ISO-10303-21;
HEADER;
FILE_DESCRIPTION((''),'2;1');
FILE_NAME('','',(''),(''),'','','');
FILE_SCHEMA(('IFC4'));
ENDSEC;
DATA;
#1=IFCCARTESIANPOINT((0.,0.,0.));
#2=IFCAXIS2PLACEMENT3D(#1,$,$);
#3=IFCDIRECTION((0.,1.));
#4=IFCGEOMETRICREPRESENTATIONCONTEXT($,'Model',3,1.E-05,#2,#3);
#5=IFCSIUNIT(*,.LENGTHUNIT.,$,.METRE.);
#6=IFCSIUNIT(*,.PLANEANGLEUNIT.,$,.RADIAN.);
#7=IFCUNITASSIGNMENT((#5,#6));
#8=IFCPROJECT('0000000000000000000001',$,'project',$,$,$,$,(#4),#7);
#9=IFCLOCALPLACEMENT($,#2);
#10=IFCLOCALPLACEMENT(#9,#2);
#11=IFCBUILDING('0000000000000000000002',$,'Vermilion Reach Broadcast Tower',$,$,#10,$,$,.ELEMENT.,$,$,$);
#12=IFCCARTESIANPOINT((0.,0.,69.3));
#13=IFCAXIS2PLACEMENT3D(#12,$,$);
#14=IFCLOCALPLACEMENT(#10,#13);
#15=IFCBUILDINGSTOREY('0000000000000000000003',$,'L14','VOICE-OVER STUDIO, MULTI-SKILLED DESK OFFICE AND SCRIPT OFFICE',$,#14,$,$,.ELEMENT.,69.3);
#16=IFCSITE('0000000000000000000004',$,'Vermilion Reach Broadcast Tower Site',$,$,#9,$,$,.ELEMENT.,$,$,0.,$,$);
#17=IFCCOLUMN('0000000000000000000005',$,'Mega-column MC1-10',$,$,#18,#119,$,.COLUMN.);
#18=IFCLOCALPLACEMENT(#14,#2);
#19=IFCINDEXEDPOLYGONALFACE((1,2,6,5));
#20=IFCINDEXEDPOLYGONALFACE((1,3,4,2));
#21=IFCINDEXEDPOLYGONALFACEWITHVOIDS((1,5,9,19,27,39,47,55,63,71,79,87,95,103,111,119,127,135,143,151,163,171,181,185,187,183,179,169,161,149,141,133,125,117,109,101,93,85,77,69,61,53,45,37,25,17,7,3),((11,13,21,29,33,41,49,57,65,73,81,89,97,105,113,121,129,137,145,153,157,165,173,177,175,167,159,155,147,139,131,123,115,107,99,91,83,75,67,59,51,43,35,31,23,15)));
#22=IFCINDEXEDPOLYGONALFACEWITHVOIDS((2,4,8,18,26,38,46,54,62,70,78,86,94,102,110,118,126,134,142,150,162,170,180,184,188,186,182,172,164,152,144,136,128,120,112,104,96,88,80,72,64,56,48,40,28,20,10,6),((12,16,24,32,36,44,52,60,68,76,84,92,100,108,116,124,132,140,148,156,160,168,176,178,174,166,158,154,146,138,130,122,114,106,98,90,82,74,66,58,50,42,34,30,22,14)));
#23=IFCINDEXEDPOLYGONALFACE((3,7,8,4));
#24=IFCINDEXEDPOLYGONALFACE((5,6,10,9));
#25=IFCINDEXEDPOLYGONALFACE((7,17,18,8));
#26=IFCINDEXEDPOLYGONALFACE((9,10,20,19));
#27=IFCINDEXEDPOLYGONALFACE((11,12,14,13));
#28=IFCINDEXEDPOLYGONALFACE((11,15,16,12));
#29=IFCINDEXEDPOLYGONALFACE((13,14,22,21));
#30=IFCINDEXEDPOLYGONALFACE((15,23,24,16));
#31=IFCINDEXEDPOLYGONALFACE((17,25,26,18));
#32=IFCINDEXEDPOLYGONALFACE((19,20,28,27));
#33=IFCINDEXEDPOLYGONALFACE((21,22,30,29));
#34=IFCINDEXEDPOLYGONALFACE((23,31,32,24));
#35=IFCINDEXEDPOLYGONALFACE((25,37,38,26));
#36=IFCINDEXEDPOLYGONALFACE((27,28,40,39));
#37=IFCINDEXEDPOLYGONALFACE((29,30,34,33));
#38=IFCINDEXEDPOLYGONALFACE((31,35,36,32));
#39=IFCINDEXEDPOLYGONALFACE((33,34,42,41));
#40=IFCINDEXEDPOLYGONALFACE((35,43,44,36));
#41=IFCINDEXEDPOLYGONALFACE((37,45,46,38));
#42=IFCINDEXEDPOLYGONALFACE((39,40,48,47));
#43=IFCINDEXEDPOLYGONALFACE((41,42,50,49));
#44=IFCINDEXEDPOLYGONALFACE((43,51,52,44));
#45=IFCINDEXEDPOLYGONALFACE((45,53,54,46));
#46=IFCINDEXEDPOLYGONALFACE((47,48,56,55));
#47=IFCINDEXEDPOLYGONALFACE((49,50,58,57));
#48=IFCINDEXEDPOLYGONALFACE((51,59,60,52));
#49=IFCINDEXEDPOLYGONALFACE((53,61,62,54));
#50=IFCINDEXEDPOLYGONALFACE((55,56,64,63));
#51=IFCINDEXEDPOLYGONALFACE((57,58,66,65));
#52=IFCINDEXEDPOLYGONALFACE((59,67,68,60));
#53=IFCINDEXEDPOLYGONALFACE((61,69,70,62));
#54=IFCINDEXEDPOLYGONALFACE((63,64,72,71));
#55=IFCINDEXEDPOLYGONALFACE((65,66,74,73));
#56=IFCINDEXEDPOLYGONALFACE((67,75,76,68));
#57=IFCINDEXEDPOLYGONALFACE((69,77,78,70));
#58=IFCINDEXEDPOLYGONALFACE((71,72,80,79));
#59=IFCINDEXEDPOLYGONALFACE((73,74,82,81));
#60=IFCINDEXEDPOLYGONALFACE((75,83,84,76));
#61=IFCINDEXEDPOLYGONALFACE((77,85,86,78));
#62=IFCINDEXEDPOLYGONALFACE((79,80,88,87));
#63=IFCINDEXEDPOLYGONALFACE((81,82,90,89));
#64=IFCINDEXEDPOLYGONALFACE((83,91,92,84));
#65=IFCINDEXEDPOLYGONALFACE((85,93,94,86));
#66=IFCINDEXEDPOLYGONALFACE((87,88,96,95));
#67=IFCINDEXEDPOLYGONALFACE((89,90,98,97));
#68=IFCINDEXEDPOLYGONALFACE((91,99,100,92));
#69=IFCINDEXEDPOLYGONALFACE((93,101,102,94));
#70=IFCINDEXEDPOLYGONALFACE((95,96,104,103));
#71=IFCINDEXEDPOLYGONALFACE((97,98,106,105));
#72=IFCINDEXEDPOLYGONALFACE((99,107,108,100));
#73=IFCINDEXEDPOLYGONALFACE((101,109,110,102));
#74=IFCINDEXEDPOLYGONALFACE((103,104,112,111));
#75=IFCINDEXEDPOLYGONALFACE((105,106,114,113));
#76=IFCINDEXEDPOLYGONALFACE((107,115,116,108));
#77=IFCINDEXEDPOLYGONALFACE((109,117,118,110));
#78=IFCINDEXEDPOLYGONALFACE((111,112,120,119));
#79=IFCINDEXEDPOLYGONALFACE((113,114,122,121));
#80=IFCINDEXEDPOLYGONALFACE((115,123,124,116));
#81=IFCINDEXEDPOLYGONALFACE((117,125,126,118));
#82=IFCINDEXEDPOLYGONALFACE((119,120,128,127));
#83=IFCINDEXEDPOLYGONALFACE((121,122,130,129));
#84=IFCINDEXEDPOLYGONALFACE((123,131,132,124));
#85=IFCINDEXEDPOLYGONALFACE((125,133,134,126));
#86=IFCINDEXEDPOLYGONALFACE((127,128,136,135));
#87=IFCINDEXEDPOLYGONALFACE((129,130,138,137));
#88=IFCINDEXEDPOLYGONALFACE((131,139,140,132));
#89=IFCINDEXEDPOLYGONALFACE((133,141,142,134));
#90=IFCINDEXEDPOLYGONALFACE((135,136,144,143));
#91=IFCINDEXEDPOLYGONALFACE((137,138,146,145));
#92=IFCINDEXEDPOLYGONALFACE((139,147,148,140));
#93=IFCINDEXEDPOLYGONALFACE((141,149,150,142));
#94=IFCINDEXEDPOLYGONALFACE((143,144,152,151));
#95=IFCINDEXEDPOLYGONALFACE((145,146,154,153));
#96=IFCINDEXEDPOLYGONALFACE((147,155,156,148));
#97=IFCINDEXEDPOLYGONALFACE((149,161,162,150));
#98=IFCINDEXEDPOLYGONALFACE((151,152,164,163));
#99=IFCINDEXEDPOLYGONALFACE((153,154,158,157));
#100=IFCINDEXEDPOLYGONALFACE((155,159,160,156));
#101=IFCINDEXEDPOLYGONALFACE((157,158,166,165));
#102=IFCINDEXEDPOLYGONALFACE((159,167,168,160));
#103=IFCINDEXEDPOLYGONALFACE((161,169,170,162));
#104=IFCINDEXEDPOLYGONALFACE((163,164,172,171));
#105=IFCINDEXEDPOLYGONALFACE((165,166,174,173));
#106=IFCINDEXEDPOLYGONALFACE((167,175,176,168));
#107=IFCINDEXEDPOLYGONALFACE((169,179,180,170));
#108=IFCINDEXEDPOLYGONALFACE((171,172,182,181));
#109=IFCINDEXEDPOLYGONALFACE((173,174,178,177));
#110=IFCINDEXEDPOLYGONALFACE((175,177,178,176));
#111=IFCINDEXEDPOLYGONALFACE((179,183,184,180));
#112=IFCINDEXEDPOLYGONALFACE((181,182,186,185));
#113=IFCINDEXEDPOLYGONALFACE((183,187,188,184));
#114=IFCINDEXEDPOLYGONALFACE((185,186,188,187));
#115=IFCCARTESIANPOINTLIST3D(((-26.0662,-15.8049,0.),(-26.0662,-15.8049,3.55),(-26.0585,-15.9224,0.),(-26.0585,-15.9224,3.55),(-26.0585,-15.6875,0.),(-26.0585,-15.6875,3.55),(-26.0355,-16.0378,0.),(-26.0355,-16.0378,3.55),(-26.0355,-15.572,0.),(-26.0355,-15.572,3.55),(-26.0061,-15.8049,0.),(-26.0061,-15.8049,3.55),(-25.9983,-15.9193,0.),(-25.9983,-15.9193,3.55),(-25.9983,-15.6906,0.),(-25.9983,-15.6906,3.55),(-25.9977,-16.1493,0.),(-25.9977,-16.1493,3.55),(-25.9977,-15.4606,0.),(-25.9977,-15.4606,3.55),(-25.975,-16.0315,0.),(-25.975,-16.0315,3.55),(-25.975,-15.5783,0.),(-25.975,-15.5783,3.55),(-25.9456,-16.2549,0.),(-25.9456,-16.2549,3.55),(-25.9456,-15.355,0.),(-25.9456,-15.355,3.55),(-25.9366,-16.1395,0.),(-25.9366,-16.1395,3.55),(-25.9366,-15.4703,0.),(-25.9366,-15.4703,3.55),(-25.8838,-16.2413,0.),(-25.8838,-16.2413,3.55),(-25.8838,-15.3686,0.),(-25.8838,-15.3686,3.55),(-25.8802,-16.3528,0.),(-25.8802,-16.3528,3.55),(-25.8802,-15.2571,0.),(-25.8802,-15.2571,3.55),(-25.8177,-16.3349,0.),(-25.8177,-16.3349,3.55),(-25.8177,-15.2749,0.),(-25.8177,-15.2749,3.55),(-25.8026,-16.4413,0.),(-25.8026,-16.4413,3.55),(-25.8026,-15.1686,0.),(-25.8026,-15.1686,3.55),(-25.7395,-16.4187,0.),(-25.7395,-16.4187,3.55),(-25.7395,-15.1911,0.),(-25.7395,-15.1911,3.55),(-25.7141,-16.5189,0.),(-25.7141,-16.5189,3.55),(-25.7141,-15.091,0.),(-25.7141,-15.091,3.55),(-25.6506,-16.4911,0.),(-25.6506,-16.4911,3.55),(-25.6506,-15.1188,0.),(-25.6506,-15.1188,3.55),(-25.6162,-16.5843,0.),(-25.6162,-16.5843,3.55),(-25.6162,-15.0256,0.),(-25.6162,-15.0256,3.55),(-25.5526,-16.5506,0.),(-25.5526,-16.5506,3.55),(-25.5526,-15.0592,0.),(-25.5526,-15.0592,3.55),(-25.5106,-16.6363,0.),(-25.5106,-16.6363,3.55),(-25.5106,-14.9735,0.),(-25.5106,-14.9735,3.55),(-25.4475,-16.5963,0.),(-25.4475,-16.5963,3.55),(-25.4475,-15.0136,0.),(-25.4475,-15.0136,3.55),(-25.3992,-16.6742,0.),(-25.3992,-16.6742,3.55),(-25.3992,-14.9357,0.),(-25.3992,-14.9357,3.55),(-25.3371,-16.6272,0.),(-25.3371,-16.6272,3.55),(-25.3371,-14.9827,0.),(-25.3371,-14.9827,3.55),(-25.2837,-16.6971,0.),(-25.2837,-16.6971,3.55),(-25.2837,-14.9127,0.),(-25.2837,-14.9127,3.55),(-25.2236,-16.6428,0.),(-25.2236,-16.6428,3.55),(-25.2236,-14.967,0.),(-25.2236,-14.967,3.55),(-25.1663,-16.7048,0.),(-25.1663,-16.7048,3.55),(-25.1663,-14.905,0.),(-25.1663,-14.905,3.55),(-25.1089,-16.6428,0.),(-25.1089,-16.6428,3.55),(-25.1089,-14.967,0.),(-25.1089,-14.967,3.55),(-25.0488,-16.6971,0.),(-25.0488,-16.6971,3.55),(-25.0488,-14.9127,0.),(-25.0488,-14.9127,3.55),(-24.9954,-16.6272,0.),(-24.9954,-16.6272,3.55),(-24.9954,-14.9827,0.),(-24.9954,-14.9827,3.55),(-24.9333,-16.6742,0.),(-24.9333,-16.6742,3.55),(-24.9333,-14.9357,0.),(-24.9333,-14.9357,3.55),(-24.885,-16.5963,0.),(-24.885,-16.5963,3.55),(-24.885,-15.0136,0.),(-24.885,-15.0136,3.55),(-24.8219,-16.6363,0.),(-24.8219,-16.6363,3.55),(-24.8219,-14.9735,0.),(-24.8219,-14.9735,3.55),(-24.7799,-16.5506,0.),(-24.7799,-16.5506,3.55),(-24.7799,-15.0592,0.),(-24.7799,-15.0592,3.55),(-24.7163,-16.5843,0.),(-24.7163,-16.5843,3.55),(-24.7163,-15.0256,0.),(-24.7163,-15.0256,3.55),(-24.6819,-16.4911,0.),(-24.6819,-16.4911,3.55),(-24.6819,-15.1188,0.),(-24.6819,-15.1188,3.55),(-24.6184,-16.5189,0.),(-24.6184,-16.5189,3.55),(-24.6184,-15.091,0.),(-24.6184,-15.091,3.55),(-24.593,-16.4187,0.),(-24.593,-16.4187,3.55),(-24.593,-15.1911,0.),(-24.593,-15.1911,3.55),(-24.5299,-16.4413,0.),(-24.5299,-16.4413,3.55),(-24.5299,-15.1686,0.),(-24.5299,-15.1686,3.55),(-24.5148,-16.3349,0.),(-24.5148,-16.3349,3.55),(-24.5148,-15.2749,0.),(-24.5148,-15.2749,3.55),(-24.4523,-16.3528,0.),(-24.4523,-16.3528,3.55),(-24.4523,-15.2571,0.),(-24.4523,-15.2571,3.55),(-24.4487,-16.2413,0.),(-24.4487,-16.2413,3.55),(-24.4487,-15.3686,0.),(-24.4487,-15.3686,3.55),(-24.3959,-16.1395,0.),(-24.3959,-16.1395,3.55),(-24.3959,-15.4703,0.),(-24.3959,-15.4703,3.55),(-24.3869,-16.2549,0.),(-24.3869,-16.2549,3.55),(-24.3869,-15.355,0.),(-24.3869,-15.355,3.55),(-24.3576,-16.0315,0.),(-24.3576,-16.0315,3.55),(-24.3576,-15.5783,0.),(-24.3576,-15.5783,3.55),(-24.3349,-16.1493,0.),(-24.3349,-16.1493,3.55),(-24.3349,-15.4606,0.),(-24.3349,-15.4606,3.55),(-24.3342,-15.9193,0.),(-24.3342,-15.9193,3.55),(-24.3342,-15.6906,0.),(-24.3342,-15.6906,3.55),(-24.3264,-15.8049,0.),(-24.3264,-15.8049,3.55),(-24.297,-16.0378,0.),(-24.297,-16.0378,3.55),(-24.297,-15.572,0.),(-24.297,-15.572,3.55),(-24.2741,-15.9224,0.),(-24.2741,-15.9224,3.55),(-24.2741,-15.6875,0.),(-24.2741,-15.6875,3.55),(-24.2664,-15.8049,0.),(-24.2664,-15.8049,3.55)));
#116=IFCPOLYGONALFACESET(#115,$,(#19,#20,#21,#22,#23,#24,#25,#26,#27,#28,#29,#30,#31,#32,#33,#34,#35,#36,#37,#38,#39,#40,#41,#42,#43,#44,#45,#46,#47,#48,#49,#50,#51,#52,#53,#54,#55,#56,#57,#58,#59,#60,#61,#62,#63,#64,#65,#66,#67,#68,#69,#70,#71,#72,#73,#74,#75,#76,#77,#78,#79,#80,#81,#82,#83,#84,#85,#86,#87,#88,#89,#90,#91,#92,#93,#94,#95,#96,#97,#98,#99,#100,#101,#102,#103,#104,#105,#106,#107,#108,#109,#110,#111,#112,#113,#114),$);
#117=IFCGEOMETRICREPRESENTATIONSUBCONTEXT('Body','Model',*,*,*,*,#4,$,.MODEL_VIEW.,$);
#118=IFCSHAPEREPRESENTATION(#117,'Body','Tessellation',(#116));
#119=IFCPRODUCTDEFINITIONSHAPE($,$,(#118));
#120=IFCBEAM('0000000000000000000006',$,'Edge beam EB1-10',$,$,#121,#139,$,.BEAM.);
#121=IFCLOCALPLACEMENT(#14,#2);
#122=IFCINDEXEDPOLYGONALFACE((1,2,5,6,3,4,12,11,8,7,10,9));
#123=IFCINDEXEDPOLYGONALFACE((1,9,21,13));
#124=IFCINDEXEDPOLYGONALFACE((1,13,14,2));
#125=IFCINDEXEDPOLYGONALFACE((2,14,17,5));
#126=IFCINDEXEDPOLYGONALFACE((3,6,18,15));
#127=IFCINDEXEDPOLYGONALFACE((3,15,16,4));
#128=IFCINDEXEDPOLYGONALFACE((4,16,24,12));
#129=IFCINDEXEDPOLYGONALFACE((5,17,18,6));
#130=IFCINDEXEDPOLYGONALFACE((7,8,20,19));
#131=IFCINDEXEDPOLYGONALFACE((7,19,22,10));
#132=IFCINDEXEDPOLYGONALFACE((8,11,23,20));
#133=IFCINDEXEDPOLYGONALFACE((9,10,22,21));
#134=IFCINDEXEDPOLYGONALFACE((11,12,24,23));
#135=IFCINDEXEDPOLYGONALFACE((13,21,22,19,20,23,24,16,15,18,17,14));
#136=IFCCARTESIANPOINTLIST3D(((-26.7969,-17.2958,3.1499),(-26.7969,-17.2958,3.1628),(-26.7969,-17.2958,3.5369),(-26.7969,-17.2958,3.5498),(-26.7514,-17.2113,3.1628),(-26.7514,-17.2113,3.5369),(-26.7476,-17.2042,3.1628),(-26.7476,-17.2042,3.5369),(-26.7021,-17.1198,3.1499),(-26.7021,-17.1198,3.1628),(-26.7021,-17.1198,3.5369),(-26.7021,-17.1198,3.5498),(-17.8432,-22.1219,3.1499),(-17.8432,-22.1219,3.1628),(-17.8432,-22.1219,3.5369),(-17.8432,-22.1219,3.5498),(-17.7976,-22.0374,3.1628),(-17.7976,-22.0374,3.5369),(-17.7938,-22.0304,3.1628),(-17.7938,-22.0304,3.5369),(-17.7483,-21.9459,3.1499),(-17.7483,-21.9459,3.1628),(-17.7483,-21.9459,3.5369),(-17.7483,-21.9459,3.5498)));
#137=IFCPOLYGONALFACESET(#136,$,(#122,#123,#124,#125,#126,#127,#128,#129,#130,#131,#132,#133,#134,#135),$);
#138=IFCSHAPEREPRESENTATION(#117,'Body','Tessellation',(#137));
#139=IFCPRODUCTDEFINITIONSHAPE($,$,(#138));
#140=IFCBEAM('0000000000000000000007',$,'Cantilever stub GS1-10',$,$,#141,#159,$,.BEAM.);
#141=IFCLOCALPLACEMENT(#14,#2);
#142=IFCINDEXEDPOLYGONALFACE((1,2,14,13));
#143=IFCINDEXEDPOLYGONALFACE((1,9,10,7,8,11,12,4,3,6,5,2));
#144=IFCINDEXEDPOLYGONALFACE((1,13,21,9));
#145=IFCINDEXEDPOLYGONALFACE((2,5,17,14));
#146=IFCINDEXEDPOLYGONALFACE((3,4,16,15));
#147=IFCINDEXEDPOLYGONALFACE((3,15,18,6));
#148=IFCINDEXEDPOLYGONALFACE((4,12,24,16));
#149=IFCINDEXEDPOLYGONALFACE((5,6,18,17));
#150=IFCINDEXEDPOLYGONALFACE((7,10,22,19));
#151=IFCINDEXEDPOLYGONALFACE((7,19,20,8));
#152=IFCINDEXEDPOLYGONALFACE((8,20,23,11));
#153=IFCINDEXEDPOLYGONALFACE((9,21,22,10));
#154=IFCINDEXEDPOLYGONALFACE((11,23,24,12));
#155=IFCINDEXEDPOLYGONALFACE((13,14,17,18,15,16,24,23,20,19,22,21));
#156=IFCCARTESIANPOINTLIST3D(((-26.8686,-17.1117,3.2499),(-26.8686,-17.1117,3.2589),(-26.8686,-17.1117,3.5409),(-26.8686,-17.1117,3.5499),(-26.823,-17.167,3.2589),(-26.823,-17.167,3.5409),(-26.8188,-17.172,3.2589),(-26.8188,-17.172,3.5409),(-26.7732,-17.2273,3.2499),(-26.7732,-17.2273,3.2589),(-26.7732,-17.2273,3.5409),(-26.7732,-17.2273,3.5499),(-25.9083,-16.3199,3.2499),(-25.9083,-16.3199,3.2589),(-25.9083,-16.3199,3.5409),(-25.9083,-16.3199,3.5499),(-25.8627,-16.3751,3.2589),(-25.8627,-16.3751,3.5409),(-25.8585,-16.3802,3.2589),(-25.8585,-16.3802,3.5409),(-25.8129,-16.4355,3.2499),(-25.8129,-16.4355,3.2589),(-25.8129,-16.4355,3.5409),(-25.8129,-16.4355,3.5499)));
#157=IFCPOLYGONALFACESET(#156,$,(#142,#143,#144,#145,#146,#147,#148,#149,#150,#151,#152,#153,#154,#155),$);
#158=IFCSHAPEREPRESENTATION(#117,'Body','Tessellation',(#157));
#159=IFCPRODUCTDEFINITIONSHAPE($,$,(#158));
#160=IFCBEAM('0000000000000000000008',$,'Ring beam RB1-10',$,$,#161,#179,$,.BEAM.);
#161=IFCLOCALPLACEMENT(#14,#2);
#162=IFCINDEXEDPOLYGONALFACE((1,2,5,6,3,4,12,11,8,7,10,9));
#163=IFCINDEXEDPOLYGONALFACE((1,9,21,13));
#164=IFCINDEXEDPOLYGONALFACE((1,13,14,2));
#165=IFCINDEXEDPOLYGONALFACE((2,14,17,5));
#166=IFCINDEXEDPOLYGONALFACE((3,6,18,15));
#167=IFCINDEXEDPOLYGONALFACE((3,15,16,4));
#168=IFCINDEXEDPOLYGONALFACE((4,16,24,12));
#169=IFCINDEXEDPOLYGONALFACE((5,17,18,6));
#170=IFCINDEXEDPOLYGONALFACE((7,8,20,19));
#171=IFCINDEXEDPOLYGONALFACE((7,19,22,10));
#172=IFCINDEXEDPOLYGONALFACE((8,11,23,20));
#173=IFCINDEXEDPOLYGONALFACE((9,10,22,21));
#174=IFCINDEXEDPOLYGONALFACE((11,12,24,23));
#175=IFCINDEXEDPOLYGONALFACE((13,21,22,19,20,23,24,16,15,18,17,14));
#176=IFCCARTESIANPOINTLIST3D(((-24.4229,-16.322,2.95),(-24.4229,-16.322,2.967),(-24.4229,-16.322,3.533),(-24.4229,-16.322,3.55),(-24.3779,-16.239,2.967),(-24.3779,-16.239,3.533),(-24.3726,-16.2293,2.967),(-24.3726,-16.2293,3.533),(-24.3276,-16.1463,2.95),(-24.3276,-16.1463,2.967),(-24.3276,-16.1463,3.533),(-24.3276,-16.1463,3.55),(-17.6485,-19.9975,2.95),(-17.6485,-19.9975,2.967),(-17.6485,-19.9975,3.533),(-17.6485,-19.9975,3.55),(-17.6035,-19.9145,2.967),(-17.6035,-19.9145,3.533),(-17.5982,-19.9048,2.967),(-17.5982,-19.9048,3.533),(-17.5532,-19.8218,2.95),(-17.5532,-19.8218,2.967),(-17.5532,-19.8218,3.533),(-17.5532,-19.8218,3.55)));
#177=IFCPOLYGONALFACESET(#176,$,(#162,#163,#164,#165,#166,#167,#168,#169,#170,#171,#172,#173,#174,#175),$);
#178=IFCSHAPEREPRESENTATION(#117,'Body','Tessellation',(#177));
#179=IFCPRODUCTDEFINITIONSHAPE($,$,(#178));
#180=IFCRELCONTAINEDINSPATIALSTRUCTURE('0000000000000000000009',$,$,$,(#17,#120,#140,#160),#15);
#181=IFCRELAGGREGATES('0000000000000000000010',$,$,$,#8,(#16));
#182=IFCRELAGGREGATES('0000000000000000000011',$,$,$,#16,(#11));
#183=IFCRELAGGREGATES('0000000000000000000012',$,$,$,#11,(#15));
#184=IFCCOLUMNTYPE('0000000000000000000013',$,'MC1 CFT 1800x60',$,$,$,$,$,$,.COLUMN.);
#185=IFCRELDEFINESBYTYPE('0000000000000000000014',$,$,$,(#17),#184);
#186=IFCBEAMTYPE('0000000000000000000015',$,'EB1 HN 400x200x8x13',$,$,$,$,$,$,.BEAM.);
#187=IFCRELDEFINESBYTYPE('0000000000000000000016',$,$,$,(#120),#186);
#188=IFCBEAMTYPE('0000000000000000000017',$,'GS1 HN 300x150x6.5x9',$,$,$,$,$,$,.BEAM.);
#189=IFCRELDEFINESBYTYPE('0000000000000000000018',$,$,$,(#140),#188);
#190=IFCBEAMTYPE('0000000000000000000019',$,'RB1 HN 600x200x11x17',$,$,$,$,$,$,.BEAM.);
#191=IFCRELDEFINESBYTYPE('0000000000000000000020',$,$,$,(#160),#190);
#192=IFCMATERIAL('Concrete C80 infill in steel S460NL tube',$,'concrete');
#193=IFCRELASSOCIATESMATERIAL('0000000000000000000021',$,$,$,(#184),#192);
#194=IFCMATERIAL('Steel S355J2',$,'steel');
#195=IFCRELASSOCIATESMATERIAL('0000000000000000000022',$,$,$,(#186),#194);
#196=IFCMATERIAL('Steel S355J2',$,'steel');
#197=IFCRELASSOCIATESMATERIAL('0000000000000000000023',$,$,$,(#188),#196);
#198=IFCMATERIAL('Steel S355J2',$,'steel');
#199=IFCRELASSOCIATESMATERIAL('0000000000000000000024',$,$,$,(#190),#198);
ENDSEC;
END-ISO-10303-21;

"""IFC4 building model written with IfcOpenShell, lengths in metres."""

from ifc_helpers import new_model, si_unit, direction, frame, origin, origin_2d, place, context, subcontext, project, spatial, hollow_circle, i_section, extrude, material, material_profile, profile_set, type_object, element, save


model = new_model("IFC4")

# Units and contexts
model_context = context("Model", 3, precision=1e-05, world=origin(), true_north=direction((0.0, 1.0)))
body_context = subcontext(model_context, "Body", "Model", "MODEL_VIEW")
ifc_project = project(units=[si_unit("LENGTHUNIT", "METRE"), si_unit("PLANEANGLEUNIT", "RADIAN")], contexts=[model_context])

# Site, building, storey
site_placement = place(None, origin())
site = spatial("IfcSite", under=ifc_project, at=site_placement, Name="Vermilion Reach Broadcast Tower Site", CompositionType="ELEMENT", RefElevation=0.0)
building_placement = place(site_placement, origin())
building = spatial("IfcBuilding", under=site, at=building_placement, Name="Vermilion Reach Broadcast Tower", CompositionType="ELEMENT")
storey_placement = place(building_placement, frame((0.0, 0.0, 69.3)))
storey = spatial("IfcBuildingStorey", under=building, at=storey_placement, Name="L14", Description="VOICE-OVER STUDIO, MULTI-SKILLED DESK OFFICE AND SCRIPT OFFICE", CompositionType="ELEMENT", Elevation=69.3)

# Column
ifc_material_1 = material(Name="Concrete C80 infill in steel S460NL tube", Category="concrete")
ifc_material_profile_1 = material_profile(ifc_material_1, hollow_circle(Radius=0.8999, WallThickness=0.0601, at=origin_2d()), Name="Concrete C80 infill in steel S460NL tube CFT 1800x60")
ifc_profile_set_1 = profile_set([ifc_material_profile_1], Name="Concrete C80 infill in steel S460NL tube")
column_type = type_object("IfcColumnType", Name="MC1 CFT 1800x60", PredefinedType="COLUMN", material=ifc_profile_set_1)
column_placement = place(storey_placement, frame((-25.1663, -15.8049, 0.0), z_axis=(0.0, 0.0, 1.0), x_axis=(1.0, 0.0, 0.0)))
element("IfcColumn", 1, at=column_placement, inside=storey, type_object=column_type, Name="Mega-column MC1-10", PredefinedType="COLUMN", context=body_context, shape_type="SweptSolid", body=[
    extrude(hollow_circle(Radius=0.8999, WallThickness=0.0601, at=origin_2d()), origin(), (0.0, 0.0, 1.0), 3.55),
])

# Beams
ifc_material_2 = material(Name="Steel S355J2", Category="steel")
ifc_material_profile_2 = material_profile(ifc_material_2, i_section(OverallWidth=0.2, OverallDepth=0.3999, WebThickness=0.0081, FlangeThickness=0.0129, at=origin_2d()), Name="S355J2 HN 400x200x8x13")
ifc_profile_set_2 = profile_set([ifc_material_profile_2], Name="Steel S355J2")
beam_type_1 = type_object("IfcBeamType", Name="EB1 HN 400x200x8x13", PredefinedType="BEAM", material=ifc_profile_set_2)
beam_1_placement = place(storey_placement, frame((-26.7495, -17.2078, 3.3499), z_axis=(0.880271, -0.47447, 0.0), x_axis=(0.47447, 0.880271, 0.0)))
element("IfcBeam", 2, at=beam_1_placement, inside=storey, type_object=beam_type_1, Name="Edge beam EB1-10", PredefinedType="BEAM", context=body_context, shape_type="SweptSolid", body=[
    extrude(i_section(OverallWidth=0.2, OverallDepth=0.3999, WebThickness=0.0081, FlangeThickness=0.0129, at=origin_2d()), origin(), (0.0, 0.0, 1.0), 10.1716),
])
ifc_material_3 = material(Name="Steel S355J2", Category="steel")
ifc_material_profile_3 = material_profile(ifc_material_3, i_section(OverallWidth=0.1499, OverallDepth=0.3, WebThickness=0.0066, FlangeThickness=0.009, at=origin_2d()), Name="S355J2 HN 300x150x6.5x9")
ifc_profile_set_3 = profile_set([ifc_material_profile_3], Name="Steel S355J2")
beam_type_2 = type_object("IfcBeamType", Name="GS1 HN 300x150x6.5x9", PredefinedType="BEAM", material=ifc_profile_set_3)
beam_2_placement = place(storey_placement, frame((-25.8606, -16.3777, 3.3999), z_axis=(-0.771539, -0.636182, 0.0), x_axis=(0.636182, -0.771539, 0.0)))
element("IfcBeam", 3, at=beam_2_placement, inside=storey, type_object=beam_type_2, Name="Cantilever stub GS1-10", PredefinedType="BEAM", context=body_context, shape_type="SweptSolid", body=[
    extrude(i_section(OverallWidth=0.1499, OverallDepth=0.3, WebThickness=0.0066, FlangeThickness=0.009, at=origin_2d()), origin(), (0.0, 0.0, 1.0), 1.2446),
])
ifc_material_4 = material(Name="Steel S355J2", Category="steel")
ifc_material_profile_4 = material_profile(ifc_material_4, i_section(OverallWidth=0.2, OverallDepth=0.6001, WebThickness=0.011, FlangeThickness=0.0171, at=origin_2d()), Name="S355J2 HN 600x200x11x17")
ifc_profile_set_4 = profile_set([ifc_material_profile_4], Name="Steel S355J2")
beam_type_3 = type_object("IfcBeamType", Name="RB1 HN 600x200x11x17", PredefinedType="BEAM", material=ifc_profile_set_4)
beam_3_placement = place(storey_placement, frame((-24.3752, -16.2341, 3.25), z_axis=(0.878962, -0.476891, 0.0), x_axis=(0.476891, 0.878962, 0.0)))
element("IfcBeam", 4, at=beam_3_placement, inside=storey, type_object=beam_type_3, Name="Ring beam RB1-10", PredefinedType="BEAM", context=body_context, shape_type="SweptSolid", body=[
    extrude(i_section(OverallWidth=0.2, OverallDepth=0.6001, WebThickness=0.011, FlangeThickness=0.0171, at=origin_2d()), origin(), (0.0, 0.0, 1.0), 7.7073),
])

save(model, "model.ifc")
